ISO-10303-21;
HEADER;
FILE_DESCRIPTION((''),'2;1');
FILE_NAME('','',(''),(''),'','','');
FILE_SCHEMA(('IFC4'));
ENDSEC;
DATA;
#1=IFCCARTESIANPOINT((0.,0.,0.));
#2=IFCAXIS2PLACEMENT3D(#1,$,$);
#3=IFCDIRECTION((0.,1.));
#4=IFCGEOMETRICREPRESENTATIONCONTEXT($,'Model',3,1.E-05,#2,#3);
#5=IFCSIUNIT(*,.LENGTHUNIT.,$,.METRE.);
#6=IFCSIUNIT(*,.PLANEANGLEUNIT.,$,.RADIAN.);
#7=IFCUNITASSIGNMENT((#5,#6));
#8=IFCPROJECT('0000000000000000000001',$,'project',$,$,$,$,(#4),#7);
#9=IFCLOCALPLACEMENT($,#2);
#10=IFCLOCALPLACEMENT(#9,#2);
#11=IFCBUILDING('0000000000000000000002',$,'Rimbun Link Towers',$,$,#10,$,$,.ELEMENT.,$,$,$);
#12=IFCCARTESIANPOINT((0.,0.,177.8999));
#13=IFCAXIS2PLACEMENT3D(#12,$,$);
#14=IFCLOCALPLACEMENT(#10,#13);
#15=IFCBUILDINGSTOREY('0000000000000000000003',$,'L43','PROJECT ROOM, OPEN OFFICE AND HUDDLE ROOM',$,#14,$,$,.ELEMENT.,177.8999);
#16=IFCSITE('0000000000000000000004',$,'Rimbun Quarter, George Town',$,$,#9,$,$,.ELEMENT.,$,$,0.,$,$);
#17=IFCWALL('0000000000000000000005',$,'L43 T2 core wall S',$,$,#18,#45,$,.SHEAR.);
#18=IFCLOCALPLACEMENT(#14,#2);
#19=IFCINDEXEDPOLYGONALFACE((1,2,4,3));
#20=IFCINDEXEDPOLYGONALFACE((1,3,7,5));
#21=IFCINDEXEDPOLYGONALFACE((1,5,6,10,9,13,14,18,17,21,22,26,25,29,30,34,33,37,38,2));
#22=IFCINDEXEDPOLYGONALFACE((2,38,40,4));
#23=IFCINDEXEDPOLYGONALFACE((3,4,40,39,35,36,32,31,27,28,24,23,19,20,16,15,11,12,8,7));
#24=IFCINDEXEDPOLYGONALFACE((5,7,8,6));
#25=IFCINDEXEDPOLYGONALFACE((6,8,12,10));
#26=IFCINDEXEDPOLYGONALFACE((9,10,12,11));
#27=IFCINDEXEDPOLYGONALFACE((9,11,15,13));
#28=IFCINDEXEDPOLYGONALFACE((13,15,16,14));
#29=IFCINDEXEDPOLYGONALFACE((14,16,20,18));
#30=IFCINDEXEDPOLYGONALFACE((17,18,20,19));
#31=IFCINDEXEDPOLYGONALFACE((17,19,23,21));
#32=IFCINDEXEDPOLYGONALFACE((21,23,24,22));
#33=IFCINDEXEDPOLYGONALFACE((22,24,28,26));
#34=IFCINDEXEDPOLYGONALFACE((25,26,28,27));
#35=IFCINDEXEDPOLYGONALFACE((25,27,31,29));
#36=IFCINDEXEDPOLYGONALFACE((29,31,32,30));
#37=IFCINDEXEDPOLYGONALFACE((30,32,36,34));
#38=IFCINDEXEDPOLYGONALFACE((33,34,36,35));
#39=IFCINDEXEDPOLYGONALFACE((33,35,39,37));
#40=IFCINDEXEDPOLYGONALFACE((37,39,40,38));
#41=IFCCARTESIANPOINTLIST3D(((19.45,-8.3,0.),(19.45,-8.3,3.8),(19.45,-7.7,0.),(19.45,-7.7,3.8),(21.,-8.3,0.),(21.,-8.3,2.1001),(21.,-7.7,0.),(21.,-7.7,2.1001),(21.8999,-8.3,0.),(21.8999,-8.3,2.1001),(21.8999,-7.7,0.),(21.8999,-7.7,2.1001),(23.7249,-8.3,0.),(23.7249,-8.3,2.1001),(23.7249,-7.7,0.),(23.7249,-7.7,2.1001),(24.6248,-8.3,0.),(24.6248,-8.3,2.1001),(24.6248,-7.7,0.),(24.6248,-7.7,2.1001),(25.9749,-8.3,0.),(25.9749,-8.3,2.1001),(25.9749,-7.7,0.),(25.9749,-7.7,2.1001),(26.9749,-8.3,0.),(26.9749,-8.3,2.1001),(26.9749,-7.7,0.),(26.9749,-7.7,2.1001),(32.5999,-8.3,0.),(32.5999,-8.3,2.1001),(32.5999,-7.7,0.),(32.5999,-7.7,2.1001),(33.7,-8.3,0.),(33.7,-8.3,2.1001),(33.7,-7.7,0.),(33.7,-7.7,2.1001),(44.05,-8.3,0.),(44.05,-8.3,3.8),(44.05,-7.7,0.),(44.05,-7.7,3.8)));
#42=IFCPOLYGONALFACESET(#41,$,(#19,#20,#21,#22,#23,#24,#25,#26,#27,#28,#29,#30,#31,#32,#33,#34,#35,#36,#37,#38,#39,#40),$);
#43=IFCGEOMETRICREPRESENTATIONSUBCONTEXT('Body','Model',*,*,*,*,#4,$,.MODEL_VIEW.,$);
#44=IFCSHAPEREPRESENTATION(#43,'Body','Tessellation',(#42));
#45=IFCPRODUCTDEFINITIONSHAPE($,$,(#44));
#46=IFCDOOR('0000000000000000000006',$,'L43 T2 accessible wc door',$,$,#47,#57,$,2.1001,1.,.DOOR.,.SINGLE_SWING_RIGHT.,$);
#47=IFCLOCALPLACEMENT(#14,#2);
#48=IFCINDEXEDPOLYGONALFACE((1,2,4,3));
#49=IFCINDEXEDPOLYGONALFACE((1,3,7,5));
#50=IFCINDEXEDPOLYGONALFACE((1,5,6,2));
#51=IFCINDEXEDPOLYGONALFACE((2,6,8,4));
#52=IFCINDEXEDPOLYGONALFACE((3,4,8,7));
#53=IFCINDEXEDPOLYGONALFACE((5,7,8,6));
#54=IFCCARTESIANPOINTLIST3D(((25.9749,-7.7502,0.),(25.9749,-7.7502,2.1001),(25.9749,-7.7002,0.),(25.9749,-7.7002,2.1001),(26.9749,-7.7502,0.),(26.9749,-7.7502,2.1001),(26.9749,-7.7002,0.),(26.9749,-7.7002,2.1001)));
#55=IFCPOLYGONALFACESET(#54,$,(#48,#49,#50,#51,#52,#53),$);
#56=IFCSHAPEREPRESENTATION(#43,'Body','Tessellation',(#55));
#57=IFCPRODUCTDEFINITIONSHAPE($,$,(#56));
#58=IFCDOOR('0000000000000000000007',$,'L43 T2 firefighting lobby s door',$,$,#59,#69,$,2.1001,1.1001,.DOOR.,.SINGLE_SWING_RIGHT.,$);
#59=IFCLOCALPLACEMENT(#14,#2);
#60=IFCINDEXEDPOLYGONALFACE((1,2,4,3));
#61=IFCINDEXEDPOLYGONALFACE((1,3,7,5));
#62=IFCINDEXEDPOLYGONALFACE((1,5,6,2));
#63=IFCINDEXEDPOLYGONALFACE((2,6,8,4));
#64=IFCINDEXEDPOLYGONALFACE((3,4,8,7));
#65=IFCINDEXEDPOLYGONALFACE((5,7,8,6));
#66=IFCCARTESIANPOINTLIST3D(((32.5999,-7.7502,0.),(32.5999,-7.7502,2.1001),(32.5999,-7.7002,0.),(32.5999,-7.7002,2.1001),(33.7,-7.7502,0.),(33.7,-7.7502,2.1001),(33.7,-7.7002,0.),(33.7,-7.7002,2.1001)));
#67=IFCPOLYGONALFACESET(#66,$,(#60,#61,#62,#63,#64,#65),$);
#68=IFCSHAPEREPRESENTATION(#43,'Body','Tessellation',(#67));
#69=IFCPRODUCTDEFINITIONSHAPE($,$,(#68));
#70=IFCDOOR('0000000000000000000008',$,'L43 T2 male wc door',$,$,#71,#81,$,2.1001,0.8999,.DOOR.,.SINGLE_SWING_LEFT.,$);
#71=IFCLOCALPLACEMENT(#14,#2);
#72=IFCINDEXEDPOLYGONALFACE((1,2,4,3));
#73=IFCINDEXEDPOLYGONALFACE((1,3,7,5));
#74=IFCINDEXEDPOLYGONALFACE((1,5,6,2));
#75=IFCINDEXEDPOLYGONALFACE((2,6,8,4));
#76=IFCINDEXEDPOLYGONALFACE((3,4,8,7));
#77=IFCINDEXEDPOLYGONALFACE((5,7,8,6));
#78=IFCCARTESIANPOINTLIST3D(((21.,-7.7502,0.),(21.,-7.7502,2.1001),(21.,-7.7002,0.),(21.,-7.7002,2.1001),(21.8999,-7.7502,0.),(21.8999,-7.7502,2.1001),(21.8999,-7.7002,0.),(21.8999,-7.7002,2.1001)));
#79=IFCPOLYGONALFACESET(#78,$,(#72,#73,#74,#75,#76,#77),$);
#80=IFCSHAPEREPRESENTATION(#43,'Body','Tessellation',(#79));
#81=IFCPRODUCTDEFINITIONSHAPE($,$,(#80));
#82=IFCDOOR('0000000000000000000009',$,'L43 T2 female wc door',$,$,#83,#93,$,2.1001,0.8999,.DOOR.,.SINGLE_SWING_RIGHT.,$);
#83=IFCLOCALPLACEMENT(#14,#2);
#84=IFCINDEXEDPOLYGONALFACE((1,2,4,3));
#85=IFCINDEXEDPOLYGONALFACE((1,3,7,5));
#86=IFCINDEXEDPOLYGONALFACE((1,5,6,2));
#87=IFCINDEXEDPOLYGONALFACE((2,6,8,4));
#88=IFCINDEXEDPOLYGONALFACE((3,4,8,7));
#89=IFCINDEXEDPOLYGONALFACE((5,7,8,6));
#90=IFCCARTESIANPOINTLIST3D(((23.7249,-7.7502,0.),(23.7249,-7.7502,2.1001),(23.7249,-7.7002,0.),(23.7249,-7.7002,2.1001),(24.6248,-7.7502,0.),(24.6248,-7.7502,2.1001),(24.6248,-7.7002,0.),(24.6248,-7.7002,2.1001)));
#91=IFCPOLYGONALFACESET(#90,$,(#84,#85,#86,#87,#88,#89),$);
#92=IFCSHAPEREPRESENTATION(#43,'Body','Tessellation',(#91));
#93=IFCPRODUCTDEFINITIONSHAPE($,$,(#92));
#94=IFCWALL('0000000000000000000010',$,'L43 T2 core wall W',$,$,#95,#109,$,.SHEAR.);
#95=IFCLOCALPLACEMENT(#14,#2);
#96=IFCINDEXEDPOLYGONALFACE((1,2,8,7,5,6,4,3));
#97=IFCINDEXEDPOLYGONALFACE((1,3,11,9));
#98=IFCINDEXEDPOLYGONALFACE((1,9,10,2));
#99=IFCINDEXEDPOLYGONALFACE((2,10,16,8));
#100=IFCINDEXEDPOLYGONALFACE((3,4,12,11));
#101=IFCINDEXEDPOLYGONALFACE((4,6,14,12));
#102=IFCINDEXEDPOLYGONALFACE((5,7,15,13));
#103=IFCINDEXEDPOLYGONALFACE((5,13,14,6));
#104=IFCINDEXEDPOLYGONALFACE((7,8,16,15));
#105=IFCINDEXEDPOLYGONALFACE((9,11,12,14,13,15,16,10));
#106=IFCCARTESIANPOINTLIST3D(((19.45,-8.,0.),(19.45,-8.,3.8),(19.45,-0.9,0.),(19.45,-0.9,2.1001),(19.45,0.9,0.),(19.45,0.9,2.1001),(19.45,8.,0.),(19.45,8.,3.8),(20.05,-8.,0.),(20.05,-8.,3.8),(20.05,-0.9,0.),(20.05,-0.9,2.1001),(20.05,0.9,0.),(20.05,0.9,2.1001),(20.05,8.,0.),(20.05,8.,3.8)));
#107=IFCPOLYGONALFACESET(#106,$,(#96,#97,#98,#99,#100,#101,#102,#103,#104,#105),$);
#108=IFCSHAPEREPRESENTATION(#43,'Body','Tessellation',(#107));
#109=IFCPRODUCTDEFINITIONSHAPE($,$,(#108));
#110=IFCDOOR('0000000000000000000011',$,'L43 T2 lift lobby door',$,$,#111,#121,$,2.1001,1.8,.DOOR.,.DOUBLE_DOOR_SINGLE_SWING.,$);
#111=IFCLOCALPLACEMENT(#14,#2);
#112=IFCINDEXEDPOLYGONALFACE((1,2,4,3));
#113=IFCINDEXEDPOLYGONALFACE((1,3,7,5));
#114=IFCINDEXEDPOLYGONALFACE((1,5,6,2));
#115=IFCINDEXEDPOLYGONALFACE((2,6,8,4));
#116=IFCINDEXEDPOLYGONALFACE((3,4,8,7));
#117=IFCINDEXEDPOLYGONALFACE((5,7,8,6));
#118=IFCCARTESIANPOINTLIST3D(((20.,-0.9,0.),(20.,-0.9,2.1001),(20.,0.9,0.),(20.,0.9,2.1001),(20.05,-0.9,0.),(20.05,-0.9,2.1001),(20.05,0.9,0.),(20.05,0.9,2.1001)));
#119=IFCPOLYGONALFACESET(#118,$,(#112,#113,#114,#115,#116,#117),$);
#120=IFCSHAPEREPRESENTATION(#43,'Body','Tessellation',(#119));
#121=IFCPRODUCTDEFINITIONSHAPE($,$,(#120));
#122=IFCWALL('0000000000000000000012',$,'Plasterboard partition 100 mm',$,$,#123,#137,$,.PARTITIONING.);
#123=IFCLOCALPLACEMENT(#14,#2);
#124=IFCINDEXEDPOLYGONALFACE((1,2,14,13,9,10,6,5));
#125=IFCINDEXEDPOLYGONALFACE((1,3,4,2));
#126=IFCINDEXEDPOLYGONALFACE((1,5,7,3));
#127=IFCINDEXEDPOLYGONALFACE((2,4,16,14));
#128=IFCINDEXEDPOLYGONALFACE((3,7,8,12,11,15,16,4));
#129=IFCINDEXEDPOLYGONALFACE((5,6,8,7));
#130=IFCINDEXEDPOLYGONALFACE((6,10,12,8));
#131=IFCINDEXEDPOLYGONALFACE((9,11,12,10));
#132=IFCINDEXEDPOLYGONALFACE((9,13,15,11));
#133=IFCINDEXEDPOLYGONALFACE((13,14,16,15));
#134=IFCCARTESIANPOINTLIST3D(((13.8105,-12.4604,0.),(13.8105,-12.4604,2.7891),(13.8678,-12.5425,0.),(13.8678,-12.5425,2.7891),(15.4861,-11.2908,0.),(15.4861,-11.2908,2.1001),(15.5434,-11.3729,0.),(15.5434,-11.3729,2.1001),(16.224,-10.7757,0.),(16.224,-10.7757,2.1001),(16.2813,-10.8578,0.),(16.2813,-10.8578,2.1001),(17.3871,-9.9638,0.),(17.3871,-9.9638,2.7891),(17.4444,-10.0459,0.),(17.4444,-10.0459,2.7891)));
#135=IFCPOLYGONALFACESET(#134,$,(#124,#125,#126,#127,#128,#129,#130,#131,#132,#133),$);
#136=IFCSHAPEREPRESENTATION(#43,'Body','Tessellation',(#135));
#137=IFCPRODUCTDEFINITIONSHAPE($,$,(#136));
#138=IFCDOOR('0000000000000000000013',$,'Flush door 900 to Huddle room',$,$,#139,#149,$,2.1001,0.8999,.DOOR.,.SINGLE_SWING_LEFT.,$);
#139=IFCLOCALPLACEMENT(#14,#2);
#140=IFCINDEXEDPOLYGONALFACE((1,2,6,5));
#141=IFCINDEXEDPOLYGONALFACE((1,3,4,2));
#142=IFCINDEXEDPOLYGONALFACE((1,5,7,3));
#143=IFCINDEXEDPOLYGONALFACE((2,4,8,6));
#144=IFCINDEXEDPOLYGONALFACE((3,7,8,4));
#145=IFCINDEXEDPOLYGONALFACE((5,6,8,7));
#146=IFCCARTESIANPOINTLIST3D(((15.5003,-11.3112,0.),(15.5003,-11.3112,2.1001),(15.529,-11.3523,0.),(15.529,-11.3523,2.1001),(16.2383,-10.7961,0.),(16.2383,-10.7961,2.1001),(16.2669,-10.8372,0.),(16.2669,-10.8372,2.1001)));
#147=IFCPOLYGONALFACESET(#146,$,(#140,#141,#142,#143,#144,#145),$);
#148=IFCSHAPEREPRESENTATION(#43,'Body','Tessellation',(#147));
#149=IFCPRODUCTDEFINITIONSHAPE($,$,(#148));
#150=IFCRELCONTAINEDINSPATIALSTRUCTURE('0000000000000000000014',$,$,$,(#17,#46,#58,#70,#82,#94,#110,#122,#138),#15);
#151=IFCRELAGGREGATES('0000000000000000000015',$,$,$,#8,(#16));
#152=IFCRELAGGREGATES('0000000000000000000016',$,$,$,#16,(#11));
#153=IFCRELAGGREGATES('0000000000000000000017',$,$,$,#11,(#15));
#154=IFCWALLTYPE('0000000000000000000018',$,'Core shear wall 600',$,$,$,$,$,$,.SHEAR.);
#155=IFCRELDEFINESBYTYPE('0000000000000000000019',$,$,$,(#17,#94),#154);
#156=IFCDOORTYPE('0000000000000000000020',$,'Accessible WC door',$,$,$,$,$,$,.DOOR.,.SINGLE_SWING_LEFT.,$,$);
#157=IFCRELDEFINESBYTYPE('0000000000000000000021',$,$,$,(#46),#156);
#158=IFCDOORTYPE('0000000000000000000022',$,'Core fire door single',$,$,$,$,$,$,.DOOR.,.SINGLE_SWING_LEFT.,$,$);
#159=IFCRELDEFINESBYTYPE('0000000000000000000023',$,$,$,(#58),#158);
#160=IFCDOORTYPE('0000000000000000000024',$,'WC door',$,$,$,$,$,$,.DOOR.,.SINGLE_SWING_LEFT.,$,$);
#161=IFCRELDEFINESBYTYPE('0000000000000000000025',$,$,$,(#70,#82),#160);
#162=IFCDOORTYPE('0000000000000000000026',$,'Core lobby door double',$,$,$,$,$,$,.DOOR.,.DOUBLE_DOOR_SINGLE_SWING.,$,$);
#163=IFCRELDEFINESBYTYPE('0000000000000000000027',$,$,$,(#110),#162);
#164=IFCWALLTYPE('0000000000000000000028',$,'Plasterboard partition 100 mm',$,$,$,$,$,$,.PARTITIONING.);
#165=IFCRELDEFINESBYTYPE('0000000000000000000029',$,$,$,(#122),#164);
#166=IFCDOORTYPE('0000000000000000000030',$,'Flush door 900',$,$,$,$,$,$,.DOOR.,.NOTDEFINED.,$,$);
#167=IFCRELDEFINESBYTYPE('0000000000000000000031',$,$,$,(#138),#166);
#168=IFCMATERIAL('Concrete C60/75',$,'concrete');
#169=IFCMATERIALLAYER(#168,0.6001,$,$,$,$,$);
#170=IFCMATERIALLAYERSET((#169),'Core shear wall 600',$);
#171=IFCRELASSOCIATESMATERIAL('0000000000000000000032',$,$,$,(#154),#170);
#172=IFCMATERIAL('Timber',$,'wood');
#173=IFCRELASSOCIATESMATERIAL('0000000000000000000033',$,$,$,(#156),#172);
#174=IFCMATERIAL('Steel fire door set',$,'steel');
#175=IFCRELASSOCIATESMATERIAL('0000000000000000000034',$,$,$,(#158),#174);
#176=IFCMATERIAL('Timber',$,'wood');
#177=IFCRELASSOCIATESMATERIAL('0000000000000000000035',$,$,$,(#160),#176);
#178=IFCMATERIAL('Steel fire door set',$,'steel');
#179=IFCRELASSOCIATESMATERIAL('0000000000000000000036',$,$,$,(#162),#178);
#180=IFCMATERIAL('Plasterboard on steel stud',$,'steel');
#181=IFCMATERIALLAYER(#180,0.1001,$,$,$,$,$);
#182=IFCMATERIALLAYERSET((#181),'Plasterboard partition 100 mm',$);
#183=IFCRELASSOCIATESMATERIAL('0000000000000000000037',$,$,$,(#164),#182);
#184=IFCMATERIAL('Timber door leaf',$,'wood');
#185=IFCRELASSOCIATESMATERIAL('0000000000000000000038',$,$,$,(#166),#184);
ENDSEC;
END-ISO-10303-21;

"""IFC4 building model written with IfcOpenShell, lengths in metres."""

from ifc_helpers import new_model, si_unit, direction, frame, frame_2d, origin, place, context, subcontext, project, spatial, rectangle, extrude, material, layer, layer_set, type_object, element, fill, save


model = new_model("IFC4")

# Units and contexts
model_context = context("Model", 3, precision=1e-05, world=origin(), true_north=direction((0.0, 1.0)))
body_context = subcontext(model_context, "Body", "Model", "MODEL_VIEW")
ifc_project = project(units=[si_unit("LENGTHUNIT", "METRE"), si_unit("PLANEANGLEUNIT", "RADIAN")], contexts=[model_context])

# Site, building, storey
site_placement = place(None, origin())
site = spatial("IfcSite", under=ifc_project, at=site_placement, Name="Rimbun Quarter, George Town", CompositionType="ELEMENT", RefElevation=0.0)
building_placement = place(site_placement, origin())
building = spatial("IfcBuilding", under=site, at=building_placement, Name="Rimbun Link Towers", CompositionType="ELEMENT")
storey_placement = place(building_placement, frame((0.0, 0.0, 177.8999)))
storey = spatial("IfcBuildingStorey", under=building, at=storey_placement, Name="L43", Description="PROJECT ROOM, OPEN OFFICE AND HUDDLE ROOM", CompositionType="ELEMENT", Elevation=177.8999)

# Wall, openings, doors
ifc_material_1 = material(Name="Concrete C60/75", Category="concrete")
ifc_layer_1 = layer(ifc_material_1, 0.6001)
ifc_layer_set_1 = layer_set([ifc_layer_1], Name="Core shear wall 600")
wall_type_1 = type_object("IfcWallType", Name="Core shear wall 600", PredefinedType="SHEAR", material=ifc_layer_set_1)
wall_1_placement = place(storey_placement, frame((19.45, -8.0, 0.0), z_axis=(0.0, 0.0, 1.0), x_axis=(1.0, 0.0, 0.0)))
wall_1 = element("IfcWall", 1, at=wall_1_placement, inside=storey, type_object=wall_type_1, Name="L43 T2 core wall S", PredefinedType="SHEAR", context=body_context, shape_type="SweptSolid", body=[
    extrude(rectangle(XDim=24.6001, YDim=0.6001, at=frame_2d((12.3, 0.0))), origin(), (0.0, 0.0, 1.0), 3.8),
])
opening_1_placement = place(wall_1_placement, frame((13.1499, 0.0, 0.0)))
opening_1 = element("IfcOpeningElement", 2, at=opening_1_placement, cuts=wall_1, PredefinedType="OPENING", context=body_context, shape_type="SweptSolid", body=[
    extrude(rectangle(XDim=1.1001, YDim=2.1001, at=frame_2d((0.55, 1.05))), frame((0.0, 0.3101, 0.0), z_axis=(0.0, -1.0, 0.0), x_axis=(1.0, 0.0, 0.0)), (0.0, 0.0, 1.0), 0.6201),
])
opening_2_placement = place(wall_1_placement, frame((1.55, 0.0, 0.0)))
opening_2 = element("IfcOpeningElement", 3, at=opening_2_placement, cuts=wall_1, PredefinedType="OPENING", context=body_context, shape_type="SweptSolid", body=[
    extrude(rectangle(XDim=0.8999, YDim=2.1001, at=frame_2d((0.45, 1.05))), frame((0.0, 0.3101, 0.0), z_axis=(0.0, -1.0, 0.0), x_axis=(1.0, 0.0, 0.0)), (0.0, 0.0, 1.0), 0.6201),
])
opening_3_placement = place(wall_1_placement, frame((4.2749, 0.0, 0.0)))
opening_3 = element("IfcOpeningElement", 4, at=opening_3_placement, cuts=wall_1, PredefinedType="OPENING", context=body_context, shape_type="SweptSolid", body=[
    extrude(rectangle(XDim=0.8999, YDim=2.1001, at=frame_2d((0.45, 1.05))), frame((0.0, 0.3101, 0.0), z_axis=(0.0, -1.0, 0.0), x_axis=(1.0, 0.0, 0.0)), (0.0, 0.0, 1.0), 0.6201),
])
opening_4_placement = place(wall_1_placement, frame((6.5249, 0.0, 0.0)))
opening_4 = element("IfcOpeningElement", 5, at=opening_4_placement, cuts=wall_1, PredefinedType="OPENING", context=body_context, shape_type="SweptSolid", body=[
    extrude(rectangle(XDim=1.0, YDim=2.1001, at=frame_2d((0.5, 1.05))), frame((0.0, 0.3101, 0.0), z_axis=(0.0, -1.0, 0.0), x_axis=(1.0, 0.0, 0.0)), (0.0, 0.0, 1.0), 0.6201),
])
ifc_material_2 = material(Name="Timber", Category="wood")
door_type_1 = type_object("IfcDoorType", Name="Accessible WC door", OperationType="SINGLE_SWING_LEFT", PredefinedType="DOOR", material=ifc_material_2)
door_1_placement = place(opening_4_placement, origin())
door_1 = element("IfcDoor", 6, at=door_1_placement, inside=storey, type_object=door_type_1, Name="L43 T2 accessible wc door", OperationType="SINGLE_SWING_RIGHT", OverallHeight=2.1001, OverallWidth=1.0, PredefinedType="DOOR", context=body_context, shape_type="SweptSolid", body=[
    extrude(rectangle(XDim=1.0, YDim=2.1001, at=frame_2d((0.5, 1.05))), frame((0.0, 0.2998, 0.0), z_axis=(0.0, -1.0, 0.0), x_axis=(1.0, 0.0, 0.0)), (0.0, 0.0, 1.0), 0.05),
])
fill(opening_4, door_1)
ifc_material_3 = material(Name="Steel fire door set", Category="steel")
door_type_2 = type_object("IfcDoorType", Name="Core fire door single", OperationType="SINGLE_SWING_LEFT", PredefinedType="DOOR", material=ifc_material_3)
door_2_placement = place(opening_1_placement, origin())
door_2 = element("IfcDoor", 7, at=door_2_placement, inside=storey, type_object=door_type_2, Name="L43 T2 firefighting lobby s door", OperationType="SINGLE_SWING_RIGHT", OverallHeight=2.1001, OverallWidth=1.1001, PredefinedType="DOOR", context=body_context, shape_type="SweptSolid", body=[
    extrude(rectangle(XDim=1.1001, YDim=2.1001, at=frame_2d((0.55, 1.05))), frame((0.0, 0.2998, 0.0), z_axis=(0.0, -1.0, 0.0), x_axis=(1.0, 0.0, 0.0)), (0.0, 0.0, 1.0), 0.05),
])
fill(opening_1, door_2)
ifc_material_4 = material(Name="Timber", Category="wood")
door_type_3 = type_object("IfcDoorType", Name="WC door", OperationType="SINGLE_SWING_LEFT", PredefinedType="DOOR", material=ifc_material_4)
door_3_placement = place(opening_2_placement, origin())
door_3 = element("IfcDoor", 8, at=door_3_placement, inside=storey, type_object=door_type_3, Name="L43 T2 male wc door", OperationType="SINGLE_SWING_LEFT", OverallHeight=2.1001, OverallWidth=0.8999, PredefinedType="DOOR", context=body_context, shape_type="SweptSolid", body=[
    extrude(rectangle(XDim=0.8999, YDim=2.1001, at=frame_2d((0.45, 1.05))), frame((0.0, 0.2998, 0.0), z_axis=(0.0, -1.0, 0.0), x_axis=(1.0, 0.0, 0.0)), (0.0, 0.0, 1.0), 0.05),
])
fill(opening_2, door_3)
door_4_placement = place(opening_3_placement, origin())
door_4 = element("IfcDoor", 9, at=door_4_placement, inside=storey, type_object=door_type_3, Name="L43 T2 female wc door", OperationType="SINGLE_SWING_RIGHT", OverallHeight=2.1001, OverallWidth=0.8999, PredefinedType="DOOR", context=body_context, shape_type="SweptSolid", body=[
    extrude(rectangle(XDim=0.8999, YDim=2.1001, at=frame_2d((0.45, 1.05))), frame((0.0, 0.2998, 0.0), z_axis=(0.0, -1.0, 0.0), x_axis=(1.0, 0.0, 0.0)), (0.0, 0.0, 1.0), 0.05),
])
fill(opening_3, door_4)

# Walls, openings, doors
wall_2_placement = place(storey_placement, frame((19.75, -8.0, 0.0), z_axis=(0.0, 0.0, 1.0), x_axis=(0.0, 1.0, 0.0)))
wall_2 = element("IfcWall", 10, at=wall_2_placement, inside=storey, type_object=wall_type_1, Name="L43 T2 core wall W", PredefinedType="SHEAR", context=body_context, shape_type="SweptSolid", body=[
    extrude(rectangle(XDim=16.0, YDim=0.6001, at=frame_2d((8.0, 0.0))), origin(), (0.0, 0.0, 1.0), 3.8),
])
opening_5_placement = place(wall_2_placement, frame((7.1001, 0.0, 0.0)))
opening_5 = element("IfcOpeningElement", 11, at=opening_5_placement, cuts=wall_2, PredefinedType="OPENING", context=body_context, shape_type="SweptSolid", body=[
    extrude(rectangle(XDim=1.8, YDim=2.1001, at=frame_2d((0.8999, 1.05))), frame((0.0, 0.3101, 0.0), z_axis=(0.0, -1.0, 0.0), x_axis=(1.0, 0.0, 0.0)), (0.0, 0.0, 1.0), 0.6201),
])
ifc_material_5 = material(Name="Steel fire door set", Category="steel")
door_type_4 = type_object("IfcDoorType", Name="Core lobby door double", OperationType="DOUBLE_DOOR_SINGLE_SWING", PredefinedType="DOOR", material=ifc_material_5)
door_5_placement = place(opening_5_placement, origin())
door_5 = element("IfcDoor", 12, at=door_5_placement, inside=storey, type_object=door_type_4, Name="L43 T2 lift lobby door", OperationType="DOUBLE_DOOR_SINGLE_SWING", OverallHeight=2.1001, OverallWidth=1.8, PredefinedType="DOOR", context=body_context, shape_type="SweptSolid", body=[
    extrude(rectangle(XDim=1.8, YDim=2.1001, at=frame_2d((0.8999, 1.05))), frame((0.0, -0.25, 0.0), z_axis=(0.0, -1.0, 0.0), x_axis=(1.0, 0.0, 0.0)), (0.0, 0.0, 1.0), 0.05),
])
fill(opening_5, door_5)
ifc_material_6 = material(Name="Plasterboard on steel stud", Category="steel")
ifc_layer_2 = layer(ifc_material_6, 0.1001)
ifc_layer_set_2 = layer_set([ifc_layer_2], Name="Plasterboard partition 100 mm")
wall_type_2 = type_object("IfcWallType", Name="Plasterboard partition 100 mm", PredefinedType="PARTITIONING", material=ifc_layer_set_2)
wall_3_placement = place(storey_placement, frame((17.4158, -10.0049, 0.0), z_axis=(0.0, 0.0, 1.0), x_axis=(-0.819994, -0.572372, 0.0)))
wall_3 = element("IfcWall", 13, at=wall_3_placement, inside=storey, type_object=wall_type_2, Name="Plasterboard partition 100 mm", PredefinedType="PARTITIONING", context=body_context, shape_type="SweptSolid", body=[
    extrude(rectangle(XDim=4.3618, YDim=0.1001, at=frame_2d((2.1809, 0.0))), origin(), (0.0, 0.0, 1.0), 2.7891),
])
opening_6_placement = place(wall_3_placement, frame((1.4185, 0.0, 0.0)))
opening_6 = element("IfcOpeningElement", 14, at=opening_6_placement, cuts=wall_3, PredefinedType="OPENING", context=body_context, shape_type="SweptSolid", body=[
    extrude(rectangle(XDim=0.8999, YDim=2.1001, at=frame_2d((0.45, 1.05))), frame((0.0, 0.0601, 0.0), z_axis=(0.0, -1.0, 0.0), x_axis=(1.0, 0.0, 0.0)), (0.0, 0.0, 1.0), 0.1201),
])
ifc_material_7 = material(Name="Timber door leaf", Category="wood")
door_type_5 = type_object("IfcDoorType", Name="Flush door 900", OperationType="NOTDEFINED", PredefinedType="DOOR", material=ifc_material_7)
door_6_placement = place(opening_6_placement, origin())
door_6 = element("IfcDoor", 15, at=door_6_placement, inside=storey, type_object=door_type_5, Name="Flush door 900 to Huddle room", OperationType="SINGLE_SWING_LEFT", OverallHeight=2.1001, OverallWidth=0.8999, PredefinedType="DOOR", context=body_context, shape_type="SweptSolid", body=[
    extrude(rectangle(XDim=0.8999, YDim=2.1001, at=frame_2d((0.45, 1.05))), frame((0.0, 0.0249, 0.0), z_axis=(0.0, -1.0, 0.0), x_axis=(1.0, 0.0, 0.0)), (0.0, 0.0, 1.0), 0.05),
])
fill(opening_6, door_6)

save(model, "model.ifc")
